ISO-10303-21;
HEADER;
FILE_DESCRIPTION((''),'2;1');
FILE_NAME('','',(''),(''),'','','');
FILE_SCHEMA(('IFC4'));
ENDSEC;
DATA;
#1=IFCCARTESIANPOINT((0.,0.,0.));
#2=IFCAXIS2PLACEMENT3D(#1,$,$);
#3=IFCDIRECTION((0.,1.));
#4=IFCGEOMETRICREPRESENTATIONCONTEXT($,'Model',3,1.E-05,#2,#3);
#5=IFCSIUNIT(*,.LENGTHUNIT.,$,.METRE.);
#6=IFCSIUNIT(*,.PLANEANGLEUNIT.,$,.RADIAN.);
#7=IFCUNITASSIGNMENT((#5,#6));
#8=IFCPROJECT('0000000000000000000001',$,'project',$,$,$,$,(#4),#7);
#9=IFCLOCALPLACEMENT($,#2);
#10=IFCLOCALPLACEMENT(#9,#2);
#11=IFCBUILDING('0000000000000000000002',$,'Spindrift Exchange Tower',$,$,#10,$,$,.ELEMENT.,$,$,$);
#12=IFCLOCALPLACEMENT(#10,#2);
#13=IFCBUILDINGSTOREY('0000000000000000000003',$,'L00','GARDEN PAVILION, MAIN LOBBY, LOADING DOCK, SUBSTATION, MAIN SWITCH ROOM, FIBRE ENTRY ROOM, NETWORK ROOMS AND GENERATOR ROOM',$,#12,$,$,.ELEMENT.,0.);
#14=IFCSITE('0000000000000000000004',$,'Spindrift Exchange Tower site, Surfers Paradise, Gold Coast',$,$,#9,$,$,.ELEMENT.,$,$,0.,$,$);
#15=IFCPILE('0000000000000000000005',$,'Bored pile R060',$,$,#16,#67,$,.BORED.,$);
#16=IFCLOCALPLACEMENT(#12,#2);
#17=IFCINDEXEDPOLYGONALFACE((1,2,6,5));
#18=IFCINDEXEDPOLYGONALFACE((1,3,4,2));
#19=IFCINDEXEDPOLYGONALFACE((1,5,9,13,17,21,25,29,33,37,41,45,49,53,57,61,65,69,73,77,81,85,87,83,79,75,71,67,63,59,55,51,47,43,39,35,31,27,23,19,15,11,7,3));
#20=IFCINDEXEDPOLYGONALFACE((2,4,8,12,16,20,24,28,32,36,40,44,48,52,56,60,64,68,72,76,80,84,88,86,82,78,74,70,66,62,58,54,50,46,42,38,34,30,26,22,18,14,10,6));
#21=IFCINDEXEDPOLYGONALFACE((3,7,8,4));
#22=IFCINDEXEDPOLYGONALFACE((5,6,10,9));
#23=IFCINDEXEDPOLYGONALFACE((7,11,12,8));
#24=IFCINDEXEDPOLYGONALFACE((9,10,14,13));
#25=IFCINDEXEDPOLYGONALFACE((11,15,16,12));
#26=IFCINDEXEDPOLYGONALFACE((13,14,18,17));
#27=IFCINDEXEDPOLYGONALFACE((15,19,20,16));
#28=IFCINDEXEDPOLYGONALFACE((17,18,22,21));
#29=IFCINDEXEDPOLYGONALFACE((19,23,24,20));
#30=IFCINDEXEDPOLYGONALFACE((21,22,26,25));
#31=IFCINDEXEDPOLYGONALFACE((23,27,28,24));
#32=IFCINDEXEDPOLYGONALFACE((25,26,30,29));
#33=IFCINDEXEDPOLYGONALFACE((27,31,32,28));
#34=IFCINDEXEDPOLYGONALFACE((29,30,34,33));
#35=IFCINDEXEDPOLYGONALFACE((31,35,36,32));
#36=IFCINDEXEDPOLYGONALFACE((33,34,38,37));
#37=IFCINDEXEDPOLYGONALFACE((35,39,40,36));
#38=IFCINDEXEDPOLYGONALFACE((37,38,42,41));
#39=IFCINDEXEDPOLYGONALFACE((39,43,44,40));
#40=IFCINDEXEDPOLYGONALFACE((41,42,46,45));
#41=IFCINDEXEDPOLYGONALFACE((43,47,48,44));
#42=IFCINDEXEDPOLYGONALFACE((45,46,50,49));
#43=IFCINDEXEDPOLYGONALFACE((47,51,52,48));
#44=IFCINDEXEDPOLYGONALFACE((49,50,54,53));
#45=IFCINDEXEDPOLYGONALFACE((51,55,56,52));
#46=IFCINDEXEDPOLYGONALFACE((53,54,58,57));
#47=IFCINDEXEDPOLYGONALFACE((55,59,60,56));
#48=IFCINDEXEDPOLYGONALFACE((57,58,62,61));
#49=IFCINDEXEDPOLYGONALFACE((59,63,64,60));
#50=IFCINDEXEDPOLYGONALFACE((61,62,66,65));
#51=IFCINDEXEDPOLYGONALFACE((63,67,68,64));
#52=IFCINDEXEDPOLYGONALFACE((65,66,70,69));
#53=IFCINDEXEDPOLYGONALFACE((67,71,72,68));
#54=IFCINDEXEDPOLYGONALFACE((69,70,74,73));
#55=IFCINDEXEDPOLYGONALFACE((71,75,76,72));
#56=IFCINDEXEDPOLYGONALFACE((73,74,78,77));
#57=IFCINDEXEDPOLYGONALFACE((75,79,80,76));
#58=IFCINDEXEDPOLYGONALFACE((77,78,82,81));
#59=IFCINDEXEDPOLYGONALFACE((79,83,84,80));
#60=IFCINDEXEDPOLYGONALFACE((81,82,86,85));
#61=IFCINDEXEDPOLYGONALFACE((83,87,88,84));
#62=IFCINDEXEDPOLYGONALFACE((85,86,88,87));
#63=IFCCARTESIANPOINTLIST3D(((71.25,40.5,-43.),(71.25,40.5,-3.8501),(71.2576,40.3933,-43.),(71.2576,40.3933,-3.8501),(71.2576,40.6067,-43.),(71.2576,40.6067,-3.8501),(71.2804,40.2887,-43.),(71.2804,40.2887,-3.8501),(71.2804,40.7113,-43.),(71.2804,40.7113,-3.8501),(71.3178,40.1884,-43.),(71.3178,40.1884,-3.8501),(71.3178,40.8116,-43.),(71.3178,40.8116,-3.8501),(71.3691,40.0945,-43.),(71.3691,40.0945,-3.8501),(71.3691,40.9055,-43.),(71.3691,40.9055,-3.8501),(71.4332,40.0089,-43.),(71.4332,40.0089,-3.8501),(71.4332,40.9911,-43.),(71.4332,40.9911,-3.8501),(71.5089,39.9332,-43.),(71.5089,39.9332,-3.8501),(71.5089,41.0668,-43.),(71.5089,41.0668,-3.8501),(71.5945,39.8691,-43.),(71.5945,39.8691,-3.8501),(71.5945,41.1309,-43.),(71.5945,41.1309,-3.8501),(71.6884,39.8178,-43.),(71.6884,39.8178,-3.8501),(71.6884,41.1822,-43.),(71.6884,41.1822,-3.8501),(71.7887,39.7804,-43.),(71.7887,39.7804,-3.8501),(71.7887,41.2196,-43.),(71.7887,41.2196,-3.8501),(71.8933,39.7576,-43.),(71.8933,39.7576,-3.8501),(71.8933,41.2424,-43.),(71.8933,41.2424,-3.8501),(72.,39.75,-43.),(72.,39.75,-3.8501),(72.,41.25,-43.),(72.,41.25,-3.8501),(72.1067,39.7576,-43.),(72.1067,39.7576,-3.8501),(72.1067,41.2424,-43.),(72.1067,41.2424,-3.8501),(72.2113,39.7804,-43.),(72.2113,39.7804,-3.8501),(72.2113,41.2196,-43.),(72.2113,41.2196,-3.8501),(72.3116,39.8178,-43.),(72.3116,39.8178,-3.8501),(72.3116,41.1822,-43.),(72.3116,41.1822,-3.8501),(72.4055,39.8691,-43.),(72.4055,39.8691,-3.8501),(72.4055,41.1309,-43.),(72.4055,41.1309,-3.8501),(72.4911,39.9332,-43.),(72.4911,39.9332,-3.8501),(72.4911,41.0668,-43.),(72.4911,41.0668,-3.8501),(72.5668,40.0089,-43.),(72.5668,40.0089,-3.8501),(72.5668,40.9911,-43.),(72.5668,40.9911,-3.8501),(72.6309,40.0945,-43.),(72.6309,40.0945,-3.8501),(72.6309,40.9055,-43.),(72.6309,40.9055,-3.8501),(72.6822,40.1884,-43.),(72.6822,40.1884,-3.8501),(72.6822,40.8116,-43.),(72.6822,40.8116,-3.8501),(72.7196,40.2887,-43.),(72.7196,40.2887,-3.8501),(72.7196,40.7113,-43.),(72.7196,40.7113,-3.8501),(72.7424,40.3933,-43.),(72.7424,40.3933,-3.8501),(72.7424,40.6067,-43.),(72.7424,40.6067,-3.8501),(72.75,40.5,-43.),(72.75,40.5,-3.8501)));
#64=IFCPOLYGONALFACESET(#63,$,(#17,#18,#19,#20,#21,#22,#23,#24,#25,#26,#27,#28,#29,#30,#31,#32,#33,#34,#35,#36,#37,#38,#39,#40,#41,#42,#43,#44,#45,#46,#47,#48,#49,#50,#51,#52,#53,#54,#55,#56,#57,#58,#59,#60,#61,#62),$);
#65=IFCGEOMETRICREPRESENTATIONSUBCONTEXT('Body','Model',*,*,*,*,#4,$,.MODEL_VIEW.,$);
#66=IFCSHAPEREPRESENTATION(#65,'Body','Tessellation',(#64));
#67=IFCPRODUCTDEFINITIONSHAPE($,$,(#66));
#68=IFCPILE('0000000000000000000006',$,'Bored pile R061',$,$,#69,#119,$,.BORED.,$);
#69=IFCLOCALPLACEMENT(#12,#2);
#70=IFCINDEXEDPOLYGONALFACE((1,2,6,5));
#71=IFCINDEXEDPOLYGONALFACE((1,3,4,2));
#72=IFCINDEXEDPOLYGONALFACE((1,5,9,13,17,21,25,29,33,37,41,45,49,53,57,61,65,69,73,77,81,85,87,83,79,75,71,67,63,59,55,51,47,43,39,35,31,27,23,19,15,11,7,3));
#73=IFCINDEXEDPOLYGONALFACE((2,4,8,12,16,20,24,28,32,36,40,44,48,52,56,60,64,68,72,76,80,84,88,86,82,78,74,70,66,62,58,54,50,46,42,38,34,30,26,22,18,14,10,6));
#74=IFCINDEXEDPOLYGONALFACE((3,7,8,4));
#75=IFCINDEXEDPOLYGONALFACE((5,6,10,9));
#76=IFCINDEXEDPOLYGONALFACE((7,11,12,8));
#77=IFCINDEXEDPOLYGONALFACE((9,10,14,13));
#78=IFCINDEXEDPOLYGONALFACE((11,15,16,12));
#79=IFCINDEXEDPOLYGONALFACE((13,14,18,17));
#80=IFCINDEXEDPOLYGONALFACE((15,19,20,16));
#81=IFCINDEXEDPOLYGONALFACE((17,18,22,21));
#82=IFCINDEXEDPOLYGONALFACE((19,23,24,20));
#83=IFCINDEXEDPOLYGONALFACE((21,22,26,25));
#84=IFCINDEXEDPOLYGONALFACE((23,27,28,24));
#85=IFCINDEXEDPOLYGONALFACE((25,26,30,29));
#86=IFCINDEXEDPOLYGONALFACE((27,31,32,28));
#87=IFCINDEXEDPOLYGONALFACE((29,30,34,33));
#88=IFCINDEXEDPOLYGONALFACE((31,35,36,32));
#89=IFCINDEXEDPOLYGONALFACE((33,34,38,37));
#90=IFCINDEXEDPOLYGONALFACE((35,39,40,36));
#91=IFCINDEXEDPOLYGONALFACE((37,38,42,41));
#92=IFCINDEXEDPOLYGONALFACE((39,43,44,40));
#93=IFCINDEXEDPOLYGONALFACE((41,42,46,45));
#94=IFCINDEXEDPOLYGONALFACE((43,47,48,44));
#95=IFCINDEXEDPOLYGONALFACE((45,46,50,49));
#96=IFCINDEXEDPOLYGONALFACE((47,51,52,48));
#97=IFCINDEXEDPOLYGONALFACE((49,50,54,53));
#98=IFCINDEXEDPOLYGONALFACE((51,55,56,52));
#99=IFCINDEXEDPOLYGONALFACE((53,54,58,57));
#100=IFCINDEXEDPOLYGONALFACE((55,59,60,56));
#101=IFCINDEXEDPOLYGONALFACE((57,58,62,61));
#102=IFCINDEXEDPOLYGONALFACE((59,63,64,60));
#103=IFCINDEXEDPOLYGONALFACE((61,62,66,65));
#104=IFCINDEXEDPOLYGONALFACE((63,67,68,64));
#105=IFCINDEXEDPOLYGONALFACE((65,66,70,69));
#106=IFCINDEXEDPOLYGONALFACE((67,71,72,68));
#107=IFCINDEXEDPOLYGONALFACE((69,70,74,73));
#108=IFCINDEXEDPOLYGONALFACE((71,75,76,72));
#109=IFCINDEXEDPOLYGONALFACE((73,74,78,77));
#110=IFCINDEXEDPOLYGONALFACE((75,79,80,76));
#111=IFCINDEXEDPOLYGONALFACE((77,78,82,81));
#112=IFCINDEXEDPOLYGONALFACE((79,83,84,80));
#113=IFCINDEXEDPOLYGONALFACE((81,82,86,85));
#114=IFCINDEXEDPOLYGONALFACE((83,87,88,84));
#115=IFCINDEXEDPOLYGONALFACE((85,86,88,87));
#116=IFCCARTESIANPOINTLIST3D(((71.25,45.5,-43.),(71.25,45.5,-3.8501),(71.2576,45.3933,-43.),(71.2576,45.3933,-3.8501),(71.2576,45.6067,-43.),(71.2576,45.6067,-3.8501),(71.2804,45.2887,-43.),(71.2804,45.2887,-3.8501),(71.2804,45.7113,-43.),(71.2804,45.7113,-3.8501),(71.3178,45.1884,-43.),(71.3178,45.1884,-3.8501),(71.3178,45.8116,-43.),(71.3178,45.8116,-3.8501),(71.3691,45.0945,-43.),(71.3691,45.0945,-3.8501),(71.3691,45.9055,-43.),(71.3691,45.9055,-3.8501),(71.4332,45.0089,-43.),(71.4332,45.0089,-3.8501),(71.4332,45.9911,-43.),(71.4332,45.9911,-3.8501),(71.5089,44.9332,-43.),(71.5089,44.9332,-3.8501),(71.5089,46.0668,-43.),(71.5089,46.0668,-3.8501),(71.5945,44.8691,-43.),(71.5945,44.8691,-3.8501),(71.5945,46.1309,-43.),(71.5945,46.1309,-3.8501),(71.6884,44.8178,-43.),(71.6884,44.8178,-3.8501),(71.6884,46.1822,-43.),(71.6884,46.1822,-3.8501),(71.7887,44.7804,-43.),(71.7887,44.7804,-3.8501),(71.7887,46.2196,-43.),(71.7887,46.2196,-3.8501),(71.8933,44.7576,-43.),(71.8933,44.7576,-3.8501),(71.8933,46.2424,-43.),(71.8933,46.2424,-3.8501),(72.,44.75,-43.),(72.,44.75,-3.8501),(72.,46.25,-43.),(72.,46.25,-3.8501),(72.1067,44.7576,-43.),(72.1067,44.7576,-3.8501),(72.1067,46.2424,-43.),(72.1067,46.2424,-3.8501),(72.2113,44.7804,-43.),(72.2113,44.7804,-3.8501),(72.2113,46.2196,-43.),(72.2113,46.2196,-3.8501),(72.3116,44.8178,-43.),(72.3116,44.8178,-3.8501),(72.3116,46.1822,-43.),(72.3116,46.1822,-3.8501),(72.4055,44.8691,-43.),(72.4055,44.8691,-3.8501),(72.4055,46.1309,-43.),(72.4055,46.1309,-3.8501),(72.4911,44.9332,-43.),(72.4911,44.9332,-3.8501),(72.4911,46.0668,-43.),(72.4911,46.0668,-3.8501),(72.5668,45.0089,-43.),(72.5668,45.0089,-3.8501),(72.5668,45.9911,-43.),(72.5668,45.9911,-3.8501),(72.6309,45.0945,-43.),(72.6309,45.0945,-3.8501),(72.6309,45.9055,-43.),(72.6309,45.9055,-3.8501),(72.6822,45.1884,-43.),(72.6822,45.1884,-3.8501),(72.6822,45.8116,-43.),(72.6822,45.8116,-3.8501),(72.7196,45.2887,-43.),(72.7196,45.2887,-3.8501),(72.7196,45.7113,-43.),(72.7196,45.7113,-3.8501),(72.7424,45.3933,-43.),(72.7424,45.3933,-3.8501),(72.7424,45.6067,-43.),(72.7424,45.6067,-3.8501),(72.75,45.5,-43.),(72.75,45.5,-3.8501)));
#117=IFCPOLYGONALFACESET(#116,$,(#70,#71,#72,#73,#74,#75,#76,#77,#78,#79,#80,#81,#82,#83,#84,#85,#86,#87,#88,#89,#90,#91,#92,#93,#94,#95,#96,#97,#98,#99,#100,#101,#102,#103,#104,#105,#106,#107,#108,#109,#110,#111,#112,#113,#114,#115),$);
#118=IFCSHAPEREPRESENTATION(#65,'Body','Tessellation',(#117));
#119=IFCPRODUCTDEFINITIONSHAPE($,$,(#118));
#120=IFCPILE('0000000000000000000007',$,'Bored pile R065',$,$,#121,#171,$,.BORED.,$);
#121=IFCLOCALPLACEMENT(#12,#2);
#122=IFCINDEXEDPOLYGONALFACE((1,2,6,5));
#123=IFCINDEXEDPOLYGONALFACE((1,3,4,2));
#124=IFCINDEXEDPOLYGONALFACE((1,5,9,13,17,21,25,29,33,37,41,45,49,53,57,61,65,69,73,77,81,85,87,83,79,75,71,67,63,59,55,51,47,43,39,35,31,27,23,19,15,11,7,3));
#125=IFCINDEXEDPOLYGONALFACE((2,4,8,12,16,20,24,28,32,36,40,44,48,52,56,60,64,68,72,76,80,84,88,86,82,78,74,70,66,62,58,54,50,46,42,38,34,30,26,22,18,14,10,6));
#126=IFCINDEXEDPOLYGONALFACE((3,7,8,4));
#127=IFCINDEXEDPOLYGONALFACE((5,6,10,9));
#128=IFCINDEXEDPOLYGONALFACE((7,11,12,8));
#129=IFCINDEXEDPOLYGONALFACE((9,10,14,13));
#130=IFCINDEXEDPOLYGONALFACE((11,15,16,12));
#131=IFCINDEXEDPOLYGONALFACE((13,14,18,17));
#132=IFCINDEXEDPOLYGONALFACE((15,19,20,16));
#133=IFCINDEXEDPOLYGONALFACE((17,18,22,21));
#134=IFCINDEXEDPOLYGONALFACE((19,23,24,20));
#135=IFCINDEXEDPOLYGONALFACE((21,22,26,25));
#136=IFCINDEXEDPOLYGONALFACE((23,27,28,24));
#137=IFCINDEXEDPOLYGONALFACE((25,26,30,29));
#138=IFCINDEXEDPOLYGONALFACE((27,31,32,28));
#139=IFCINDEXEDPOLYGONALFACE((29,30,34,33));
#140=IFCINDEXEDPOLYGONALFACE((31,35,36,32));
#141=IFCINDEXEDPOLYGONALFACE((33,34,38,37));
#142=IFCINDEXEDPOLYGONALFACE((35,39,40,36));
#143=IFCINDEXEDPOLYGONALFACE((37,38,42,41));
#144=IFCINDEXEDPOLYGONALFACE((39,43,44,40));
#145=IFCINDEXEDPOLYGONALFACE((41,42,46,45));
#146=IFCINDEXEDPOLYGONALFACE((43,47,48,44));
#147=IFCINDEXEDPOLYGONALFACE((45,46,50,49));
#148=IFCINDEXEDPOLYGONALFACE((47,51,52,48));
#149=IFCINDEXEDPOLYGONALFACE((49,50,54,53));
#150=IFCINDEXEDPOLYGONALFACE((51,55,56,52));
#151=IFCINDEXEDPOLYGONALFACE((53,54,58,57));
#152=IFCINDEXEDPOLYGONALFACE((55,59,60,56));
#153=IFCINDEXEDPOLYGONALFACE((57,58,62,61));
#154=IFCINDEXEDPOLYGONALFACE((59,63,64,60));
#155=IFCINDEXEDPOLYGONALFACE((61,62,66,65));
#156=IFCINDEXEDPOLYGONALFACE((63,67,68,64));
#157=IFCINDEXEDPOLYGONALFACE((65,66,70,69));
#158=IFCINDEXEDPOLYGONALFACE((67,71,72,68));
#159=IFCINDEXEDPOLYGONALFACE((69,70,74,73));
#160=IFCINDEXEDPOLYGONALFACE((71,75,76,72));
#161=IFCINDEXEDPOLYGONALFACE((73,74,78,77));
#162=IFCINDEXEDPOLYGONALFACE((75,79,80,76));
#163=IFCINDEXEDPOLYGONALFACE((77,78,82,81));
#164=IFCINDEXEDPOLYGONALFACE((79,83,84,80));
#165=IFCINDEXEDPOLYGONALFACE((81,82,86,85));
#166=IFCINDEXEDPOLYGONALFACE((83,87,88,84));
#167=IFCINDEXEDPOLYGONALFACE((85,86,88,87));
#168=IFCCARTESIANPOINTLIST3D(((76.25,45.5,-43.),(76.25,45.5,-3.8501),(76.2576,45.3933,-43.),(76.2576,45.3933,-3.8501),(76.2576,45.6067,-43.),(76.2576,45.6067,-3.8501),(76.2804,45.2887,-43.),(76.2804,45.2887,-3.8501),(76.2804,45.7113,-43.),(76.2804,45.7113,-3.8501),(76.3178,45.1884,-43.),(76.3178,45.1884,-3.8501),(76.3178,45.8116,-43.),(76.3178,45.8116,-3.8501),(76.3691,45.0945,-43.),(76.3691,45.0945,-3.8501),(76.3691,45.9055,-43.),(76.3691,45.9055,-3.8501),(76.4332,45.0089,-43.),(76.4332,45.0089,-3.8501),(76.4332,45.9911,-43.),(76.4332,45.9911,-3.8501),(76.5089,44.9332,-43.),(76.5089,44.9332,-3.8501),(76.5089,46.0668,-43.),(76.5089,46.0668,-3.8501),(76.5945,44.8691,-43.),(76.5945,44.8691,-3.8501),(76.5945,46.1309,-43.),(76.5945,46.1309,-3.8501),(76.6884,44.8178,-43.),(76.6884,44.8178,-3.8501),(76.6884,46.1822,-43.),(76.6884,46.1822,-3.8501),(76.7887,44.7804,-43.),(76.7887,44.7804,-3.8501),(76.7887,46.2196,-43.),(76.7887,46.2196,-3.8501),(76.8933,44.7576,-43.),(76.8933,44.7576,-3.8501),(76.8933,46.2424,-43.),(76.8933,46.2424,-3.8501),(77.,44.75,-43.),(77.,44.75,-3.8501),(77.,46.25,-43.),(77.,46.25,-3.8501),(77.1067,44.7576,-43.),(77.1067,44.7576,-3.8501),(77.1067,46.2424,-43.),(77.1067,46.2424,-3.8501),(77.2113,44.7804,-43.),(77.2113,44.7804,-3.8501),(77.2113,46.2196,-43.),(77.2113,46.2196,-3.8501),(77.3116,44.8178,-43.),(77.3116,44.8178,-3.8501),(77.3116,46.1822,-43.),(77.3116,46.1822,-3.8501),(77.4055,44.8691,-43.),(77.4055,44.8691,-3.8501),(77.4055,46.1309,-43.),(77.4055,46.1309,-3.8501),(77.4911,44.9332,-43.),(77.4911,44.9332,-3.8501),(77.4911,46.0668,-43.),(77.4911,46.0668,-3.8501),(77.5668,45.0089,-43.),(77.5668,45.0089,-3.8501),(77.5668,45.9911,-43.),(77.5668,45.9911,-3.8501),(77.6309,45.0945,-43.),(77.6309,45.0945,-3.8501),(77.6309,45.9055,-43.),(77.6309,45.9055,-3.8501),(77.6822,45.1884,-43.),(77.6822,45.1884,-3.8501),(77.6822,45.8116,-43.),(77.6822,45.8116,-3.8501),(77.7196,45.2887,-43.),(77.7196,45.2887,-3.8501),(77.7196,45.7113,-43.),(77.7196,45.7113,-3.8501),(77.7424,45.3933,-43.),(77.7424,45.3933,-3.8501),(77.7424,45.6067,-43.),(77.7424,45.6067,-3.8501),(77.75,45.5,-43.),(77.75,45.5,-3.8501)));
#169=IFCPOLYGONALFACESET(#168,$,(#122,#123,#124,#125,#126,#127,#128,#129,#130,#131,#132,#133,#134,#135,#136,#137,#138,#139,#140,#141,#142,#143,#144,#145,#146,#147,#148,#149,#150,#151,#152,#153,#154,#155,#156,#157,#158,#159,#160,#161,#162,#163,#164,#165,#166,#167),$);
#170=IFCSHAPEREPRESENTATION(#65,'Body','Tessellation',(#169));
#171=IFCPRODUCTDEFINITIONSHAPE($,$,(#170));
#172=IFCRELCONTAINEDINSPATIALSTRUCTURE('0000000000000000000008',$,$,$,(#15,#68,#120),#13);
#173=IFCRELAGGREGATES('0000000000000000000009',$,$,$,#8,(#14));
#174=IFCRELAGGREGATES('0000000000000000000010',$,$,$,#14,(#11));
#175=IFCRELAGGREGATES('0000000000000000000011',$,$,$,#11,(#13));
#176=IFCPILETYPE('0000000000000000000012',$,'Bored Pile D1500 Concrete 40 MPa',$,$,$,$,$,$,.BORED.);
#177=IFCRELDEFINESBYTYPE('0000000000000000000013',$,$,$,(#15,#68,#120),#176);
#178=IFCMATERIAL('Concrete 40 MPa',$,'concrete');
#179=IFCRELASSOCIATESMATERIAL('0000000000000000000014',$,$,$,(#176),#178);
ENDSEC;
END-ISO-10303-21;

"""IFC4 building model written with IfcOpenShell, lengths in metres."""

from ifc_helpers import new_model, si_unit, direction, frame, origin, origin_2d, place, context, subcontext, project, spatial, circle, extrude, source, transform, mapped, material, material_profile, profile_set, type_object, element, save


model = new_model("IFC4")

# Units and contexts
model_context = context("Model", 3, precision=1e-05, world=origin(), true_north=direction((0.0, 1.0)))
body_context = subcontext(model_context, "Body", "Model", "MODEL_VIEW")
ifc_project = project(units=[si_unit("LENGTHUNIT", "METRE"), si_unit("PLANEANGLEUNIT", "RADIAN")], contexts=[model_context])

# Site, building, storey
site_placement = place(None, origin())
site = spatial("IfcSite", under=ifc_project, at=site_placement, Name="Spindrift Exchange Tower site, Surfers Paradise, Gold Coast", CompositionType="ELEMENT", RefElevation=0.0)
building_placement = place(site_placement, origin())
building = spatial("IfcBuilding", under=site, at=building_placement, Name="Spindrift Exchange Tower", CompositionType="ELEMENT")
storey_placement = place(building_placement, origin())
storey = spatial("IfcBuildingStorey", under=building, at=storey_placement, Name="L00", Description="GARDEN PAVILION, MAIN LOBBY, LOADING DOCK, SUBSTATION, MAIN SWITCH ROOM, FIBRE ENTRY ROOM, NETWORK ROOMS AND GENERATOR ROOM", CompositionType="ELEMENT", Elevation=0.0)

# Piles
ifc_material_1 = material(Name="Concrete 40 MPa", Category="concrete")
ifc_material_profile_1 = material_profile(ifc_material_1, circle(Radius=0.75, at=origin_2d()), Name="BP D1500")
ifc_profile_set_1 = profile_set([ifc_material_profile_1], Name="Concrete 40 MPa")
pile_type_1 = type_object("IfcPileType", Name="Bored Pile D1500 Concrete 40 MPa", PredefinedType="BORED", material=ifc_profile_set_1)
shared_shape_1 = source(origin(), body_context, "Body", "SweptSolid", [
    extrude(circle(Radius=0.75, at=origin_2d()), origin(), (0.0, 0.0, 1.0), 39.1499),
])
for number, where, z_axis, x_axis, name in (
    (1, (72.0, 40.5, -3.8501), (0.0, 0.0, -1.0), (1.0, 0.0, 0.0), "Bored pile R060"),
    (2, (72.0, 45.5, -3.8501), (0.0, 0.0, -1.0), (1.0, 0.0, 0.0), "Bored pile R061"),
    (3, (77.0, 45.5, -3.8501), (0.0, 0.0, -1.0), (1.0, 0.0, 0.0), "Bored pile R065"),
):
    element("IfcPile", number, at=place(storey_placement, frame(where, z_axis=z_axis, x_axis=x_axis)), inside=storey, type_object=pile_type_1, Name=name, PredefinedType="BORED", context=body_context, shape_type="MappedRepresentation", body=[
        mapped(shared_shape_1, transform((0.0, 0.0, 0.0), scale=1.0)),
    ])

save(model, "model.ifc")
